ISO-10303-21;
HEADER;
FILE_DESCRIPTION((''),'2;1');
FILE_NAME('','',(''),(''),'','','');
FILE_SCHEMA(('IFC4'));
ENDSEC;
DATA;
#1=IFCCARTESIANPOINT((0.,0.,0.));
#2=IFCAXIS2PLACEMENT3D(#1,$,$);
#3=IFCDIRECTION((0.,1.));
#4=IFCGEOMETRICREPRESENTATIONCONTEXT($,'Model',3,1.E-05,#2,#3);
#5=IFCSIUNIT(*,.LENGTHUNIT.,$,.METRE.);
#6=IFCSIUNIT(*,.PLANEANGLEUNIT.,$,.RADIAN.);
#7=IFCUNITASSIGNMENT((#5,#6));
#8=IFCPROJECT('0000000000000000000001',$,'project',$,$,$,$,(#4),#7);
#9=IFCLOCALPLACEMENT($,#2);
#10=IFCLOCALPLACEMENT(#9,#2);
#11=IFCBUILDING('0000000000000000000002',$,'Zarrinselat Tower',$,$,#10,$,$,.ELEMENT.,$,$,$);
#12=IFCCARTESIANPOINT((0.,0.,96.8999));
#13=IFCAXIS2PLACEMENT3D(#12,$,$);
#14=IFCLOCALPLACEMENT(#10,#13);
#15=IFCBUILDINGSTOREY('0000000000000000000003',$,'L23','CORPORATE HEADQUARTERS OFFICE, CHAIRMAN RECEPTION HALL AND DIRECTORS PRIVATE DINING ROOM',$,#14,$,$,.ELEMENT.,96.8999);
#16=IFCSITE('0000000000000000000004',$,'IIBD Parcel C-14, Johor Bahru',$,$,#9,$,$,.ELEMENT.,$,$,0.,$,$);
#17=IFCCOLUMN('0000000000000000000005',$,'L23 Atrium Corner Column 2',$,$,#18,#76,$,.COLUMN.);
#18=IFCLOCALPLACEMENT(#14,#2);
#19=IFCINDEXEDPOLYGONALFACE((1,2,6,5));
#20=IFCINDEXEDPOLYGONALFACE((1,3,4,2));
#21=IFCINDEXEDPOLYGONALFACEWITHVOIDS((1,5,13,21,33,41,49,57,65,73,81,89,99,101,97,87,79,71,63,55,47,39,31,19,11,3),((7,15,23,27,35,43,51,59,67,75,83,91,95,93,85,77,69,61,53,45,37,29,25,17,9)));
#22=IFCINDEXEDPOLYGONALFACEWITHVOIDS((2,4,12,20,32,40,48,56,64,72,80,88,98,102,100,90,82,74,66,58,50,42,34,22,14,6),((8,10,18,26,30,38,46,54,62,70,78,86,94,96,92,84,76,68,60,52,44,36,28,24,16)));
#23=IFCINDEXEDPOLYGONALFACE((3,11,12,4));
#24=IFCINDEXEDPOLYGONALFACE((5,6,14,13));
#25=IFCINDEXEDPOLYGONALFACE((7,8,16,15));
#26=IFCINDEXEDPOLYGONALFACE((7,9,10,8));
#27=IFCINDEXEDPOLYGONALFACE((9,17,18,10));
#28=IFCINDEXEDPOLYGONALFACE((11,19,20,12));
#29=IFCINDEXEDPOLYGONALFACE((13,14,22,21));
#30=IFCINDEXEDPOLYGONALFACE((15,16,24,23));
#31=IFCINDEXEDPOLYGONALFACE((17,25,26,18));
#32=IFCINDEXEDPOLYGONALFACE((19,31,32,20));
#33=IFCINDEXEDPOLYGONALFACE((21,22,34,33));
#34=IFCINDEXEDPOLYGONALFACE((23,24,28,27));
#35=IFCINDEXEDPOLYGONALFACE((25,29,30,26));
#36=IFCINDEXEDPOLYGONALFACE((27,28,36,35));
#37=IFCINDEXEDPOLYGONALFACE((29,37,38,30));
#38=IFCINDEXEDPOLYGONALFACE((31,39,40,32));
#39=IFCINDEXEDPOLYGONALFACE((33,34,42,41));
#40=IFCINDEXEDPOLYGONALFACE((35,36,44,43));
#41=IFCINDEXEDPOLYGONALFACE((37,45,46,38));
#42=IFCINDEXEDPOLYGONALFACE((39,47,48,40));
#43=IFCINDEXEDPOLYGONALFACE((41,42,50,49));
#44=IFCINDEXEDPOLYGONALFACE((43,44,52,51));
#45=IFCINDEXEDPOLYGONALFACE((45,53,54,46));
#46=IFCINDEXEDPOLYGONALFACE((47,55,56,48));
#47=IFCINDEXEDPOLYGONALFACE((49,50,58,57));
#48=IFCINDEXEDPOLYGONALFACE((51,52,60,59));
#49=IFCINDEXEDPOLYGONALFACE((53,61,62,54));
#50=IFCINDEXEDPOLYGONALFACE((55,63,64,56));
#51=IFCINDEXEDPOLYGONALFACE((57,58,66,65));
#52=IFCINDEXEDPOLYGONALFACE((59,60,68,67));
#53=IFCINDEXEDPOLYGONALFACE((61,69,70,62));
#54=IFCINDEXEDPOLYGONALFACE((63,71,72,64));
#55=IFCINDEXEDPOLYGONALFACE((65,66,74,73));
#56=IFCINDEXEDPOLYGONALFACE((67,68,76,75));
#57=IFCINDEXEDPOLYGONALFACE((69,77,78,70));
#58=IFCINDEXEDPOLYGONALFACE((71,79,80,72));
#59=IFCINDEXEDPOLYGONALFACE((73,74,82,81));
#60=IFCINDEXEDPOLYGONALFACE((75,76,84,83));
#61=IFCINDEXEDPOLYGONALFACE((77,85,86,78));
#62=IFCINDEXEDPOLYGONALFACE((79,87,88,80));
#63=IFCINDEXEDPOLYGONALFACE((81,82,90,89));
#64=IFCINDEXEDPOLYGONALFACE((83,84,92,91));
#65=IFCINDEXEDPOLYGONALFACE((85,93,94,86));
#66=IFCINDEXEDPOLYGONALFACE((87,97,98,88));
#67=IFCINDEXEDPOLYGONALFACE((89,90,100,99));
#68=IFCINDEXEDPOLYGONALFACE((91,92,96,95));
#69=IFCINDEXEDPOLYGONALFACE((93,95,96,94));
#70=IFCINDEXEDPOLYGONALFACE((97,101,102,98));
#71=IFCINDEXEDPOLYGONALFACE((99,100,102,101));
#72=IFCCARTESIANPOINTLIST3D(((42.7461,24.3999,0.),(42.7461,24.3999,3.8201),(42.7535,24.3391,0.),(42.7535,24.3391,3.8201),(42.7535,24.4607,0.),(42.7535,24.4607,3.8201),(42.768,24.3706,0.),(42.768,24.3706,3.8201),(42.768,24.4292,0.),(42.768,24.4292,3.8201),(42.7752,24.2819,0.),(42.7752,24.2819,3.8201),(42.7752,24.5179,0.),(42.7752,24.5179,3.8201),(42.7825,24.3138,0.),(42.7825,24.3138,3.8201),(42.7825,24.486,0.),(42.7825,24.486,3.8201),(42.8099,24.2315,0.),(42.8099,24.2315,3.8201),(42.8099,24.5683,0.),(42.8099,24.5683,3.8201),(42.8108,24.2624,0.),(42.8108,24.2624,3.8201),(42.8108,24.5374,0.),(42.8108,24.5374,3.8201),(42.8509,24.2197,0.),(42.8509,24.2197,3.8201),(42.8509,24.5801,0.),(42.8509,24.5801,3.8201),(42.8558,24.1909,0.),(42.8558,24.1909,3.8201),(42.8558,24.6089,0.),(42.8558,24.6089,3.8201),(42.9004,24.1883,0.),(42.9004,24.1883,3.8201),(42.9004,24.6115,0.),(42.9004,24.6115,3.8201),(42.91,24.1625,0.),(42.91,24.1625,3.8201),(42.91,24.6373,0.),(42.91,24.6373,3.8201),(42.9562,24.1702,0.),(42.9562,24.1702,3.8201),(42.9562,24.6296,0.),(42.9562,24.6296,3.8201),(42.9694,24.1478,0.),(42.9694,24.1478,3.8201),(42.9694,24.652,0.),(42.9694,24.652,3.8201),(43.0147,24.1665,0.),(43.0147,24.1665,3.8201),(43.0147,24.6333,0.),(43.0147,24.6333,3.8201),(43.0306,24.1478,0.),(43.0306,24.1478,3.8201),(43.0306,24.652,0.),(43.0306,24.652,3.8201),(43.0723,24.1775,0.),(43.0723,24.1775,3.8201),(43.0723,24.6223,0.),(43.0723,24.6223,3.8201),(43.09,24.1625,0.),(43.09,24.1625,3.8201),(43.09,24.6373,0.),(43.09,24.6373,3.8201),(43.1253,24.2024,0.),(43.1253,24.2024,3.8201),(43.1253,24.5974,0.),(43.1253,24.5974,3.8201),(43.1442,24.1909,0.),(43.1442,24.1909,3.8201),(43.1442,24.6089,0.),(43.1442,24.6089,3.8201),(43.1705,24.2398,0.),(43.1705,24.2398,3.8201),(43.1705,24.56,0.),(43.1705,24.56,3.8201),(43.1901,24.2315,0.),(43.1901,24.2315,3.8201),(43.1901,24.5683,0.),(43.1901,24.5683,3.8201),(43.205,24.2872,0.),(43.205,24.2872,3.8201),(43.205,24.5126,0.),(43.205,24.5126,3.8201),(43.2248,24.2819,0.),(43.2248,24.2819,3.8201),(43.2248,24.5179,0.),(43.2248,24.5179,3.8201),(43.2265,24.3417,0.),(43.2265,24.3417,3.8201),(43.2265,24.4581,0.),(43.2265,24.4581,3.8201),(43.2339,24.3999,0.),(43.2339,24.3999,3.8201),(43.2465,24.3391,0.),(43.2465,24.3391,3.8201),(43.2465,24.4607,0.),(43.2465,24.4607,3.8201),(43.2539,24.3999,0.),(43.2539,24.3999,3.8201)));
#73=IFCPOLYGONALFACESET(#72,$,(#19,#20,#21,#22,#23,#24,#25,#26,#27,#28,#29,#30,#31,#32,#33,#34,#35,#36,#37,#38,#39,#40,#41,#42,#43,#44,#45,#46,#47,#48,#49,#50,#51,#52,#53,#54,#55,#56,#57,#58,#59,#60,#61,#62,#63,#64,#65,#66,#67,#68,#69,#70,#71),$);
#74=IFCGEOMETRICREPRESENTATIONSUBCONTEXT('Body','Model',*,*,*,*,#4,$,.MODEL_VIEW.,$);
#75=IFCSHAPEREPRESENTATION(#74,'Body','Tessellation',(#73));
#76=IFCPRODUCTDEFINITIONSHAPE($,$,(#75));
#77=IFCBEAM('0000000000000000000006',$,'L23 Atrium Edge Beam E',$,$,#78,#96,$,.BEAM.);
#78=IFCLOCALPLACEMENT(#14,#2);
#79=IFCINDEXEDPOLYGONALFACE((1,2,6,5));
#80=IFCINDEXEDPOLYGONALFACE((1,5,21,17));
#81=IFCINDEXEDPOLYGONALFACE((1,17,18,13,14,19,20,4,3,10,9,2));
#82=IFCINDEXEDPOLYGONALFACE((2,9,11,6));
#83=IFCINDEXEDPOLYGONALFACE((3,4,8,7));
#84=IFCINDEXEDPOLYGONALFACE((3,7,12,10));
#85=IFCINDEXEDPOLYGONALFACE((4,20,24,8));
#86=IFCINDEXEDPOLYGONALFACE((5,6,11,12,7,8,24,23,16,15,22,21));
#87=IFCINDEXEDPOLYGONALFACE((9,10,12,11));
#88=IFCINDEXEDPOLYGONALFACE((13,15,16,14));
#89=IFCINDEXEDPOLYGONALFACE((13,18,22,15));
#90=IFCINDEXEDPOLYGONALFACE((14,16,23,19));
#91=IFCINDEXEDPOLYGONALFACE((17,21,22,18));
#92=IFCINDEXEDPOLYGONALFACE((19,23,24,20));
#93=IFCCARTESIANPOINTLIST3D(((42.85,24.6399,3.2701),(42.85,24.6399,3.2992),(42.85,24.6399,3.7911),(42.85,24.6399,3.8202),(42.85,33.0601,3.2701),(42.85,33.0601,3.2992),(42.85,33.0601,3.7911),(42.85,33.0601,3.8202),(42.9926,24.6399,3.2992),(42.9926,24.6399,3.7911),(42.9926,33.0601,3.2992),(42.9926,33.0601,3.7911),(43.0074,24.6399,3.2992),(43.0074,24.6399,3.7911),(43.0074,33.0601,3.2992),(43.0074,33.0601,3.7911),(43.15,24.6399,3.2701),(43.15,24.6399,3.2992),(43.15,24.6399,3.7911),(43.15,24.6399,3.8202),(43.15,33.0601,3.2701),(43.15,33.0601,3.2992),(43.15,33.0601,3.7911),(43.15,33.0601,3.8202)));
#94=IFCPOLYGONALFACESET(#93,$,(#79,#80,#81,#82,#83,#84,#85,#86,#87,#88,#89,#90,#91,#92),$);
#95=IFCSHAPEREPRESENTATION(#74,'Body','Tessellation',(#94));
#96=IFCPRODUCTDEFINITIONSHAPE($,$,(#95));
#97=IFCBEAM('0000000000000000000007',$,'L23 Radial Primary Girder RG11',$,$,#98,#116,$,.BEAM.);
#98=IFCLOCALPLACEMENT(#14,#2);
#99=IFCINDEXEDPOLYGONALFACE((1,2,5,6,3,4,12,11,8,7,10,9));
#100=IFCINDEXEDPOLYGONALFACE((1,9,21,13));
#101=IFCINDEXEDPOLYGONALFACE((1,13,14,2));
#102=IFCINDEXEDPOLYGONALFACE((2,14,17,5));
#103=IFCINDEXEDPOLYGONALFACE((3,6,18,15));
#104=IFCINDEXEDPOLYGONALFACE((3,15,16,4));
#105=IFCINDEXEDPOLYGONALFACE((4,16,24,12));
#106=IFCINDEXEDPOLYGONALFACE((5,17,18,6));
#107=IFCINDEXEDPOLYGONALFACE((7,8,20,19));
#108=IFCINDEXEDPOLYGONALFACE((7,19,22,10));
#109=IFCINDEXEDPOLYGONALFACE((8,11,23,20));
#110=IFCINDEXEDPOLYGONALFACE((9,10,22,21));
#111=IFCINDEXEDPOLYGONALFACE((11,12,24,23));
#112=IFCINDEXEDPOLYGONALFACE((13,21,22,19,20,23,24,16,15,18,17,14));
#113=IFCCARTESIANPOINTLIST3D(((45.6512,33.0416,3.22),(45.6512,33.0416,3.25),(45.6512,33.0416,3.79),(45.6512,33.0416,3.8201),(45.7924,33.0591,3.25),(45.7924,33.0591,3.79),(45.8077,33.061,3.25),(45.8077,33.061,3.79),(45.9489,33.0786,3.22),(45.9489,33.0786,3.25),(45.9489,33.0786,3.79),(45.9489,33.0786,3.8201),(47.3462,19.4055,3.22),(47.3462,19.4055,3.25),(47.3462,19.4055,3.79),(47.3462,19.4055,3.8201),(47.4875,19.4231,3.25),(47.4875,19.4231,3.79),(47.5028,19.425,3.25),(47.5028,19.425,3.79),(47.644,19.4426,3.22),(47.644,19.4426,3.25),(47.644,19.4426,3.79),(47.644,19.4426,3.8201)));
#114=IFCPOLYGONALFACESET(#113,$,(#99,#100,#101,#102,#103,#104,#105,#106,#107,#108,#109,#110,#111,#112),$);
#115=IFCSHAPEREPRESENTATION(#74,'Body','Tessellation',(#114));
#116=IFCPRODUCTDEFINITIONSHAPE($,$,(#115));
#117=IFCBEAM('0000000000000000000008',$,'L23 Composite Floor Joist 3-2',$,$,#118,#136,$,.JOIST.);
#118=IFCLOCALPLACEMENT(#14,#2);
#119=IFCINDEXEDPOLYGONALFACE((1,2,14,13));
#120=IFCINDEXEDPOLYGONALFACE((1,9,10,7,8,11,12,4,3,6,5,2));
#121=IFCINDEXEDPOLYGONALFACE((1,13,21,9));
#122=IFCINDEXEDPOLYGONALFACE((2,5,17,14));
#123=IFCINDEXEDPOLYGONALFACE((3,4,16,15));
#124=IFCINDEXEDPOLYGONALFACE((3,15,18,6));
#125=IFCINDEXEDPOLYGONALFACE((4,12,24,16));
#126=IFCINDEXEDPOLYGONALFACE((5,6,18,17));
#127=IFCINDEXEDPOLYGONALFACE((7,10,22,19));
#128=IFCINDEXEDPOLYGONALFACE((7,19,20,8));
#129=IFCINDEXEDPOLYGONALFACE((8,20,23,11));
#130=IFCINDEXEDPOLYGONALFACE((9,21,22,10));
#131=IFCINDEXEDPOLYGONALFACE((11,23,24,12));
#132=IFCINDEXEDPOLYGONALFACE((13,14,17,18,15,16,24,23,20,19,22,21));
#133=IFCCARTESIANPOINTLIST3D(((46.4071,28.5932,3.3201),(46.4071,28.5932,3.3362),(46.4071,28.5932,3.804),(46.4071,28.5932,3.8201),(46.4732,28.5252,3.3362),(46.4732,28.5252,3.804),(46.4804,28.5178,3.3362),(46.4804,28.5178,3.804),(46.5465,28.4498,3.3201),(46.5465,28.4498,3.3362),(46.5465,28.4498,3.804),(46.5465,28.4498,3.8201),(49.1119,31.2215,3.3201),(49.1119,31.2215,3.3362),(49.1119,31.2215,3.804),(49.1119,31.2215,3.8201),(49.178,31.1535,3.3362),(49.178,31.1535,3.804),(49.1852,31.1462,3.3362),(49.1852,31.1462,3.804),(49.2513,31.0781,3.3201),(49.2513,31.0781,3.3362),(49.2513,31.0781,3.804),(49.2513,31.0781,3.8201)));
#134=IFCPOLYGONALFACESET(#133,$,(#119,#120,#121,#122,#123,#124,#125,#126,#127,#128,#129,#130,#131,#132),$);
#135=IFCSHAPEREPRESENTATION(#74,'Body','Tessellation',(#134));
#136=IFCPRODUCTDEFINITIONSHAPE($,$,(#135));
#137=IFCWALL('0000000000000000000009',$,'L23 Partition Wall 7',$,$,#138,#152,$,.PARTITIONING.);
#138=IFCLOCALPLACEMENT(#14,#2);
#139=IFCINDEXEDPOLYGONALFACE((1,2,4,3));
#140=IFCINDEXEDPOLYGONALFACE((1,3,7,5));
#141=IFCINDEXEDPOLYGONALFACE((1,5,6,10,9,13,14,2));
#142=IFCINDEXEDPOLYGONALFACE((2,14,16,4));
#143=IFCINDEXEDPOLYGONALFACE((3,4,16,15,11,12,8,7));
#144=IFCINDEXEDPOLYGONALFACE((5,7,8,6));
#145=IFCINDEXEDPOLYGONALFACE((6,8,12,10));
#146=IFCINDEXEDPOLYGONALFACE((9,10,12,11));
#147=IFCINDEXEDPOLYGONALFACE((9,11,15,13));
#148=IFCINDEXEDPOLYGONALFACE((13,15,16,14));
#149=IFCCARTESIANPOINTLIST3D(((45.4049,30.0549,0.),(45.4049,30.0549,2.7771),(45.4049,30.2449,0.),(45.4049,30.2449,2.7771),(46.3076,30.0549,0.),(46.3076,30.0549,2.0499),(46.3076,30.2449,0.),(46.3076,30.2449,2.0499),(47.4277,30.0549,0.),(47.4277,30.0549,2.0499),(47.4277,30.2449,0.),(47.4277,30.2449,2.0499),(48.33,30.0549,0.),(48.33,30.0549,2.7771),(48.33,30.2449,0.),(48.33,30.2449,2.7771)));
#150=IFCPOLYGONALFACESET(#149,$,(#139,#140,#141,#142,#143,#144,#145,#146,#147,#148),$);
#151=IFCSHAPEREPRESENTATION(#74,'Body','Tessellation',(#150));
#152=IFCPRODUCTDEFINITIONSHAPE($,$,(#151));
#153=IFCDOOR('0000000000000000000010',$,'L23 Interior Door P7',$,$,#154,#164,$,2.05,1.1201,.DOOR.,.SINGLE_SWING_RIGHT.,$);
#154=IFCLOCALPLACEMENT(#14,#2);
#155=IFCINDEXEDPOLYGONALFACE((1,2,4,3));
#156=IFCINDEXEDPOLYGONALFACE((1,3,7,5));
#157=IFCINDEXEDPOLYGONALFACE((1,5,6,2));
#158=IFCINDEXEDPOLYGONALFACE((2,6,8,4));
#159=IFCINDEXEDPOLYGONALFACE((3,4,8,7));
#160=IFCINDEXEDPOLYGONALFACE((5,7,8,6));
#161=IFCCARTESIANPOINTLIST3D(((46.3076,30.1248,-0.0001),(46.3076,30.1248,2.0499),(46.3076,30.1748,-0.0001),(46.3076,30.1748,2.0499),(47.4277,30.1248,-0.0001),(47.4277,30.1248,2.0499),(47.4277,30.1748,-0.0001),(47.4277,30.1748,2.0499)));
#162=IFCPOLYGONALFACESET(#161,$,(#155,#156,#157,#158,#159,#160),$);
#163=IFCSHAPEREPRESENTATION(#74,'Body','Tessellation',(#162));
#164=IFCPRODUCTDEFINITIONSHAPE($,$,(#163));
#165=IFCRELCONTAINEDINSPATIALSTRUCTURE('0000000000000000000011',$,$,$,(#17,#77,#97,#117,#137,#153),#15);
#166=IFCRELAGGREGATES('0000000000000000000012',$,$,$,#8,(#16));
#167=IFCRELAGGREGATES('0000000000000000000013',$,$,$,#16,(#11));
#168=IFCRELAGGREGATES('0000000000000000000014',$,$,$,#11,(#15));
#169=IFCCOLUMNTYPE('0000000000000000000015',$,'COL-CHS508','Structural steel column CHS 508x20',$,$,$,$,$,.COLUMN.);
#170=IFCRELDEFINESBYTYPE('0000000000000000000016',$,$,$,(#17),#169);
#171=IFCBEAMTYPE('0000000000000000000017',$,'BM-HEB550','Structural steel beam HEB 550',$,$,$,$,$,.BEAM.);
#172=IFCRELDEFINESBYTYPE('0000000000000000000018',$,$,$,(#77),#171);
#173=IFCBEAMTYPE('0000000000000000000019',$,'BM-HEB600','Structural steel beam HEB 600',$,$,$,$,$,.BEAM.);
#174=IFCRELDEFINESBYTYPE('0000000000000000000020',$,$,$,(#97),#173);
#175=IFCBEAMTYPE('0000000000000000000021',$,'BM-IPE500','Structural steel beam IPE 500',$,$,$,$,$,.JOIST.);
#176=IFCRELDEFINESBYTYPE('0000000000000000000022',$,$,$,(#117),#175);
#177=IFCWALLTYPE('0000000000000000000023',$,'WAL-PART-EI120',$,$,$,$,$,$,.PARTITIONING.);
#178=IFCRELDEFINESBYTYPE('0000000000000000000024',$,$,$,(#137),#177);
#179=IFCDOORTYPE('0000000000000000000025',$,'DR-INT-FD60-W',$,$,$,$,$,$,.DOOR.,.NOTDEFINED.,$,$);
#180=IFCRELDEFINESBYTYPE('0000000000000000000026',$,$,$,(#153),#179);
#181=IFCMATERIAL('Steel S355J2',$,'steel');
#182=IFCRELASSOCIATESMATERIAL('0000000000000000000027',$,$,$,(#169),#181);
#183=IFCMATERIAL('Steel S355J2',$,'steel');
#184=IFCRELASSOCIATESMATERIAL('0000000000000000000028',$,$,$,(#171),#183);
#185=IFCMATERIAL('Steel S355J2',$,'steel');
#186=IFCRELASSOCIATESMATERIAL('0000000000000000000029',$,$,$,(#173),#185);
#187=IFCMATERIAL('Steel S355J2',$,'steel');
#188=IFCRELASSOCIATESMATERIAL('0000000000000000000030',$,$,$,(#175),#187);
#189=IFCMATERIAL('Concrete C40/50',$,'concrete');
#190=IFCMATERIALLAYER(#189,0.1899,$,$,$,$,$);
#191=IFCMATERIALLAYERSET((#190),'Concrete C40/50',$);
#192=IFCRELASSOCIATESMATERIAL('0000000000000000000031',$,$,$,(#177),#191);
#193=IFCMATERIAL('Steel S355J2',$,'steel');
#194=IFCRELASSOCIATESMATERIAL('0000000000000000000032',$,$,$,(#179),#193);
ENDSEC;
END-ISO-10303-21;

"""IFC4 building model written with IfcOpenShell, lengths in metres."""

from ifc_helpers import new_model, si_unit, direction, frame, frame_2d, origin, origin_2d, place, context, subcontext, project, spatial, rectangle, hollow_circle, i_section, extrude, material, layer, layer_set, material_profile, profile_set, type_object, element, fill, save


model = new_model("IFC4")

# Units and contexts
model_context = context("Model", 3, precision=1e-05, world=origin(), true_north=direction((0.0, 1.0)))
body_context = subcontext(model_context, "Body", "Model", "MODEL_VIEW")
ifc_project = project(units=[si_unit("LENGTHUNIT", "METRE"), si_unit("PLANEANGLEUNIT", "RADIAN")], contexts=[model_context])

# Site, building, storey
site_placement = place(None, origin())
site = spatial("IfcSite", under=ifc_project, at=site_placement, Name="IIBD Parcel C-14, Johor Bahru", CompositionType="ELEMENT", RefElevation=0.0)
building_placement = place(site_placement, origin())
building = spatial("IfcBuilding", under=site, at=building_placement, Name="Zarrinselat Tower", CompositionType="ELEMENT")
storey_placement = place(building_placement, frame((0.0, 0.0, 96.8999)))
storey = spatial("IfcBuildingStorey", under=building, at=storey_placement, Name="L23", Description="CORPORATE HEADQUARTERS OFFICE, CHAIRMAN RECEPTION HALL AND DIRECTORS PRIVATE DINING ROOM", CompositionType="ELEMENT", Elevation=96.8999)

# Column
ifc_material_1 = material(Name="Steel S355J2", Category="steel")
ifc_material_profile_1 = material_profile(ifc_material_1, hollow_circle(Radius=0.2539, WallThickness=0.02, at=origin_2d()), Name="CHS 508x20")
ifc_profile_set_1 = profile_set([ifc_material_profile_1], Name="Steel S355J2")
column_type = type_object("IfcColumnType", Name="COL-CHS508", Description="Structural steel column CHS 508x20", PredefinedType="COLUMN", material=ifc_profile_set_1)
column_placement = place(storey_placement, frame((43.0, 24.3999, 0.0), z_axis=(0.0, 0.0, 1.0), x_axis=(1.0, 0.0, 0.0)))
element("IfcColumn", 1, at=column_placement, inside=storey, type_object=column_type, Name="L23 Atrium Corner Column 2", PredefinedType="COLUMN", context=body_context, shape_type="SweptSolid", body=[
    extrude(hollow_circle(Radius=0.2539, WallThickness=0.02, at=origin_2d()), origin(), (0.0, 0.0, 1.0), 3.8201),
])

# Beams
ifc_material_2 = material(Name="Steel S355J2", Category="steel")
ifc_material_profile_2 = material_profile(ifc_material_2, i_section(OverallWidth=0.3, OverallDepth=0.55, WebThickness=0.0149, FlangeThickness=0.0291, at=origin_2d()), Name="HEB 550")
ifc_profile_set_2 = profile_set([ifc_material_profile_2], Name="Steel S355J2")
beam_type_1 = type_object("IfcBeamType", Name="BM-HEB550", Description="Structural steel beam HEB 550", PredefinedType="BEAM", material=ifc_profile_set_2)
beam_1_placement = place(storey_placement, frame((43.0, 24.6399, 3.5452), z_axis=(0.0, 1.0, 0.0), x_axis=(-1.0, 0.0, 0.0)))
element("IfcBeam", 2, at=beam_1_placement, inside=storey, type_object=beam_type_1, Name="L23 Atrium Edge Beam E", PredefinedType="BEAM", context=body_context, shape_type="SweptSolid", body=[
    extrude(i_section(OverallWidth=0.3, OverallDepth=0.55, WebThickness=0.0149, FlangeThickness=0.0291, at=origin_2d()), origin(), (0.0, 0.0, 1.0), 8.4202),
])
ifc_material_3 = material(Name="Steel S355J2", Category="steel")
ifc_material_profile_3 = material_profile(ifc_material_3, i_section(OverallWidth=0.3, OverallDepth=0.6001, WebThickness=0.0154, FlangeThickness=0.03, at=origin_2d()), Name="HEB 600")
ifc_profile_set_3 = profile_set([ifc_material_profile_3], Name="Steel S355J2")
beam_type_2 = type_object("IfcBeamType", Name="BM-HEB600", Description="Structural steel beam HEB 600", PredefinedType="BEAM", material=ifc_profile_set_3)
beam_2_placement = place(storey_placement, frame((45.8, 33.0601, 3.52), z_axis=(0.123359, -0.992362, 0.0), x_axis=(0.992362, 0.123359, 0.0)))
element("IfcBeam", 3, at=beam_2_placement, inside=storey, type_object=beam_type_2, Name="L23 Radial Primary Girder RG11", PredefinedType="BEAM", context=body_context, shape_type="SweptSolid", body=[
    extrude(i_section(OverallWidth=0.3, OverallDepth=0.6001, WebThickness=0.0154, FlangeThickness=0.03, at=origin_2d()), origin(), (0.0, 0.0, 1.0), 13.741),
])
ifc_material_4 = material(Name="Steel S355J2", Category="steel")
ifc_material_profile_4 = material_profile(ifc_material_4, i_section(OverallWidth=0.2, OverallDepth=0.5, WebThickness=0.0103, FlangeThickness=0.0161, at=origin_2d()), Name="IPE 500")
ifc_profile_set_4 = profile_set([ifc_material_profile_4], Name="Steel S355J2")
beam_type_3 = type_object("IfcBeamType", Name="BM-IPE500", Description="Structural steel beam IPE 500", PredefinedType="JOIST", material=ifc_profile_set_4)
beam_3_placement = place(storey_placement, frame((46.4768, 28.5215, 3.5701), z_axis=(0.717165, 0.696904, 0.0), x_axis=(-0.696904, 0.717165, 0.0)))
element("IfcBeam", 4, at=beam_3_placement, inside=storey, type_object=beam_type_3, Name="L23 Composite Floor Joist 3-2", PredefinedType="JOIST", context=body_context, shape_type="SweptSolid", body=[
    extrude(i_section(OverallWidth=0.2, OverallDepth=0.5, WebThickness=0.0103, FlangeThickness=0.0161, at=origin_2d()), origin(), (0.0, 0.0, 1.0), 3.7715),
])

# Wall, opening, door
ifc_material_5 = material(Name="Concrete C40/50", Category="concrete")
ifc_layer_1 = layer(ifc_material_5, 0.1899)
ifc_layer_set_1 = layer_set([ifc_layer_1], Name="Concrete C40/50")
wall_type_1 = type_object("IfcWallType", Name="WAL-PART-EI120", PredefinedType="PARTITIONING", material=ifc_layer_set_1)
wall_1_placement = place(storey_placement, frame((45.405, 30.1499, 0.0), z_axis=(0.0, 0.0, 1.0), x_axis=(1.0, 0.0, 0.0)))
wall_1 = element("IfcWall", 5, at=wall_1_placement, inside=storey, type_object=wall_type_1, Name="L23 Partition Wall 7", PredefinedType="PARTITIONING", context=body_context, shape_type="SweptSolid", body=[
    extrude(rectangle(XDim=2.925, YDim=0.1899, at=frame_2d((1.4624, 0.0))), origin(), (0.0, 0.0, 1.0), 2.7771),
])
opening_1_placement = place(wall_1_placement, frame((0.9026, 0.0, 0.0)))
opening_1 = element("IfcOpeningElement", 6, at=opening_1_placement, cuts=wall_1, PredefinedType="OPENING", context=body_context, shape_type="SweptSolid", body=[
    extrude(rectangle(XDim=1.1201, YDim=2.05, at=frame_2d((0.5601, 1.0249))), frame((0.0, 0.105, 0.0), z_axis=(0.0, -1.0, 0.0), x_axis=(1.0, 0.0, 0.0)), (0.0, 0.0, 1.0), 0.21),
])
ifc_material_6 = material(Name="Steel S355J2", Category="steel")
door_type = type_object("IfcDoorType", Name="DR-INT-FD60-W", OperationType="NOTDEFINED", PredefinedType="DOOR", material=ifc_material_6)
door_1_placement = place(opening_1_placement, origin())
door_1 = element("IfcDoor", 7, at=door_1_placement, inside=storey, type_object=door_type, Name="L23 Interior Door P7", OperationType="SINGLE_SWING_RIGHT", OverallHeight=2.05, OverallWidth=1.1201, PredefinedType="DOOR", context=body_context, shape_type="SweptSolid", body=[
    extrude(rectangle(XDim=1.1201, YDim=2.05, at=frame_2d((0.5601, 1.0249))), frame((0.0, 0.0249, 0.0), z_axis=(0.0, -1.0, 0.0), x_axis=(1.0, 0.0, 0.0)), (0.0, 0.0, 1.0), 0.05),
])
fill(opening_1, door_1)

save(model, "model.ifc")
